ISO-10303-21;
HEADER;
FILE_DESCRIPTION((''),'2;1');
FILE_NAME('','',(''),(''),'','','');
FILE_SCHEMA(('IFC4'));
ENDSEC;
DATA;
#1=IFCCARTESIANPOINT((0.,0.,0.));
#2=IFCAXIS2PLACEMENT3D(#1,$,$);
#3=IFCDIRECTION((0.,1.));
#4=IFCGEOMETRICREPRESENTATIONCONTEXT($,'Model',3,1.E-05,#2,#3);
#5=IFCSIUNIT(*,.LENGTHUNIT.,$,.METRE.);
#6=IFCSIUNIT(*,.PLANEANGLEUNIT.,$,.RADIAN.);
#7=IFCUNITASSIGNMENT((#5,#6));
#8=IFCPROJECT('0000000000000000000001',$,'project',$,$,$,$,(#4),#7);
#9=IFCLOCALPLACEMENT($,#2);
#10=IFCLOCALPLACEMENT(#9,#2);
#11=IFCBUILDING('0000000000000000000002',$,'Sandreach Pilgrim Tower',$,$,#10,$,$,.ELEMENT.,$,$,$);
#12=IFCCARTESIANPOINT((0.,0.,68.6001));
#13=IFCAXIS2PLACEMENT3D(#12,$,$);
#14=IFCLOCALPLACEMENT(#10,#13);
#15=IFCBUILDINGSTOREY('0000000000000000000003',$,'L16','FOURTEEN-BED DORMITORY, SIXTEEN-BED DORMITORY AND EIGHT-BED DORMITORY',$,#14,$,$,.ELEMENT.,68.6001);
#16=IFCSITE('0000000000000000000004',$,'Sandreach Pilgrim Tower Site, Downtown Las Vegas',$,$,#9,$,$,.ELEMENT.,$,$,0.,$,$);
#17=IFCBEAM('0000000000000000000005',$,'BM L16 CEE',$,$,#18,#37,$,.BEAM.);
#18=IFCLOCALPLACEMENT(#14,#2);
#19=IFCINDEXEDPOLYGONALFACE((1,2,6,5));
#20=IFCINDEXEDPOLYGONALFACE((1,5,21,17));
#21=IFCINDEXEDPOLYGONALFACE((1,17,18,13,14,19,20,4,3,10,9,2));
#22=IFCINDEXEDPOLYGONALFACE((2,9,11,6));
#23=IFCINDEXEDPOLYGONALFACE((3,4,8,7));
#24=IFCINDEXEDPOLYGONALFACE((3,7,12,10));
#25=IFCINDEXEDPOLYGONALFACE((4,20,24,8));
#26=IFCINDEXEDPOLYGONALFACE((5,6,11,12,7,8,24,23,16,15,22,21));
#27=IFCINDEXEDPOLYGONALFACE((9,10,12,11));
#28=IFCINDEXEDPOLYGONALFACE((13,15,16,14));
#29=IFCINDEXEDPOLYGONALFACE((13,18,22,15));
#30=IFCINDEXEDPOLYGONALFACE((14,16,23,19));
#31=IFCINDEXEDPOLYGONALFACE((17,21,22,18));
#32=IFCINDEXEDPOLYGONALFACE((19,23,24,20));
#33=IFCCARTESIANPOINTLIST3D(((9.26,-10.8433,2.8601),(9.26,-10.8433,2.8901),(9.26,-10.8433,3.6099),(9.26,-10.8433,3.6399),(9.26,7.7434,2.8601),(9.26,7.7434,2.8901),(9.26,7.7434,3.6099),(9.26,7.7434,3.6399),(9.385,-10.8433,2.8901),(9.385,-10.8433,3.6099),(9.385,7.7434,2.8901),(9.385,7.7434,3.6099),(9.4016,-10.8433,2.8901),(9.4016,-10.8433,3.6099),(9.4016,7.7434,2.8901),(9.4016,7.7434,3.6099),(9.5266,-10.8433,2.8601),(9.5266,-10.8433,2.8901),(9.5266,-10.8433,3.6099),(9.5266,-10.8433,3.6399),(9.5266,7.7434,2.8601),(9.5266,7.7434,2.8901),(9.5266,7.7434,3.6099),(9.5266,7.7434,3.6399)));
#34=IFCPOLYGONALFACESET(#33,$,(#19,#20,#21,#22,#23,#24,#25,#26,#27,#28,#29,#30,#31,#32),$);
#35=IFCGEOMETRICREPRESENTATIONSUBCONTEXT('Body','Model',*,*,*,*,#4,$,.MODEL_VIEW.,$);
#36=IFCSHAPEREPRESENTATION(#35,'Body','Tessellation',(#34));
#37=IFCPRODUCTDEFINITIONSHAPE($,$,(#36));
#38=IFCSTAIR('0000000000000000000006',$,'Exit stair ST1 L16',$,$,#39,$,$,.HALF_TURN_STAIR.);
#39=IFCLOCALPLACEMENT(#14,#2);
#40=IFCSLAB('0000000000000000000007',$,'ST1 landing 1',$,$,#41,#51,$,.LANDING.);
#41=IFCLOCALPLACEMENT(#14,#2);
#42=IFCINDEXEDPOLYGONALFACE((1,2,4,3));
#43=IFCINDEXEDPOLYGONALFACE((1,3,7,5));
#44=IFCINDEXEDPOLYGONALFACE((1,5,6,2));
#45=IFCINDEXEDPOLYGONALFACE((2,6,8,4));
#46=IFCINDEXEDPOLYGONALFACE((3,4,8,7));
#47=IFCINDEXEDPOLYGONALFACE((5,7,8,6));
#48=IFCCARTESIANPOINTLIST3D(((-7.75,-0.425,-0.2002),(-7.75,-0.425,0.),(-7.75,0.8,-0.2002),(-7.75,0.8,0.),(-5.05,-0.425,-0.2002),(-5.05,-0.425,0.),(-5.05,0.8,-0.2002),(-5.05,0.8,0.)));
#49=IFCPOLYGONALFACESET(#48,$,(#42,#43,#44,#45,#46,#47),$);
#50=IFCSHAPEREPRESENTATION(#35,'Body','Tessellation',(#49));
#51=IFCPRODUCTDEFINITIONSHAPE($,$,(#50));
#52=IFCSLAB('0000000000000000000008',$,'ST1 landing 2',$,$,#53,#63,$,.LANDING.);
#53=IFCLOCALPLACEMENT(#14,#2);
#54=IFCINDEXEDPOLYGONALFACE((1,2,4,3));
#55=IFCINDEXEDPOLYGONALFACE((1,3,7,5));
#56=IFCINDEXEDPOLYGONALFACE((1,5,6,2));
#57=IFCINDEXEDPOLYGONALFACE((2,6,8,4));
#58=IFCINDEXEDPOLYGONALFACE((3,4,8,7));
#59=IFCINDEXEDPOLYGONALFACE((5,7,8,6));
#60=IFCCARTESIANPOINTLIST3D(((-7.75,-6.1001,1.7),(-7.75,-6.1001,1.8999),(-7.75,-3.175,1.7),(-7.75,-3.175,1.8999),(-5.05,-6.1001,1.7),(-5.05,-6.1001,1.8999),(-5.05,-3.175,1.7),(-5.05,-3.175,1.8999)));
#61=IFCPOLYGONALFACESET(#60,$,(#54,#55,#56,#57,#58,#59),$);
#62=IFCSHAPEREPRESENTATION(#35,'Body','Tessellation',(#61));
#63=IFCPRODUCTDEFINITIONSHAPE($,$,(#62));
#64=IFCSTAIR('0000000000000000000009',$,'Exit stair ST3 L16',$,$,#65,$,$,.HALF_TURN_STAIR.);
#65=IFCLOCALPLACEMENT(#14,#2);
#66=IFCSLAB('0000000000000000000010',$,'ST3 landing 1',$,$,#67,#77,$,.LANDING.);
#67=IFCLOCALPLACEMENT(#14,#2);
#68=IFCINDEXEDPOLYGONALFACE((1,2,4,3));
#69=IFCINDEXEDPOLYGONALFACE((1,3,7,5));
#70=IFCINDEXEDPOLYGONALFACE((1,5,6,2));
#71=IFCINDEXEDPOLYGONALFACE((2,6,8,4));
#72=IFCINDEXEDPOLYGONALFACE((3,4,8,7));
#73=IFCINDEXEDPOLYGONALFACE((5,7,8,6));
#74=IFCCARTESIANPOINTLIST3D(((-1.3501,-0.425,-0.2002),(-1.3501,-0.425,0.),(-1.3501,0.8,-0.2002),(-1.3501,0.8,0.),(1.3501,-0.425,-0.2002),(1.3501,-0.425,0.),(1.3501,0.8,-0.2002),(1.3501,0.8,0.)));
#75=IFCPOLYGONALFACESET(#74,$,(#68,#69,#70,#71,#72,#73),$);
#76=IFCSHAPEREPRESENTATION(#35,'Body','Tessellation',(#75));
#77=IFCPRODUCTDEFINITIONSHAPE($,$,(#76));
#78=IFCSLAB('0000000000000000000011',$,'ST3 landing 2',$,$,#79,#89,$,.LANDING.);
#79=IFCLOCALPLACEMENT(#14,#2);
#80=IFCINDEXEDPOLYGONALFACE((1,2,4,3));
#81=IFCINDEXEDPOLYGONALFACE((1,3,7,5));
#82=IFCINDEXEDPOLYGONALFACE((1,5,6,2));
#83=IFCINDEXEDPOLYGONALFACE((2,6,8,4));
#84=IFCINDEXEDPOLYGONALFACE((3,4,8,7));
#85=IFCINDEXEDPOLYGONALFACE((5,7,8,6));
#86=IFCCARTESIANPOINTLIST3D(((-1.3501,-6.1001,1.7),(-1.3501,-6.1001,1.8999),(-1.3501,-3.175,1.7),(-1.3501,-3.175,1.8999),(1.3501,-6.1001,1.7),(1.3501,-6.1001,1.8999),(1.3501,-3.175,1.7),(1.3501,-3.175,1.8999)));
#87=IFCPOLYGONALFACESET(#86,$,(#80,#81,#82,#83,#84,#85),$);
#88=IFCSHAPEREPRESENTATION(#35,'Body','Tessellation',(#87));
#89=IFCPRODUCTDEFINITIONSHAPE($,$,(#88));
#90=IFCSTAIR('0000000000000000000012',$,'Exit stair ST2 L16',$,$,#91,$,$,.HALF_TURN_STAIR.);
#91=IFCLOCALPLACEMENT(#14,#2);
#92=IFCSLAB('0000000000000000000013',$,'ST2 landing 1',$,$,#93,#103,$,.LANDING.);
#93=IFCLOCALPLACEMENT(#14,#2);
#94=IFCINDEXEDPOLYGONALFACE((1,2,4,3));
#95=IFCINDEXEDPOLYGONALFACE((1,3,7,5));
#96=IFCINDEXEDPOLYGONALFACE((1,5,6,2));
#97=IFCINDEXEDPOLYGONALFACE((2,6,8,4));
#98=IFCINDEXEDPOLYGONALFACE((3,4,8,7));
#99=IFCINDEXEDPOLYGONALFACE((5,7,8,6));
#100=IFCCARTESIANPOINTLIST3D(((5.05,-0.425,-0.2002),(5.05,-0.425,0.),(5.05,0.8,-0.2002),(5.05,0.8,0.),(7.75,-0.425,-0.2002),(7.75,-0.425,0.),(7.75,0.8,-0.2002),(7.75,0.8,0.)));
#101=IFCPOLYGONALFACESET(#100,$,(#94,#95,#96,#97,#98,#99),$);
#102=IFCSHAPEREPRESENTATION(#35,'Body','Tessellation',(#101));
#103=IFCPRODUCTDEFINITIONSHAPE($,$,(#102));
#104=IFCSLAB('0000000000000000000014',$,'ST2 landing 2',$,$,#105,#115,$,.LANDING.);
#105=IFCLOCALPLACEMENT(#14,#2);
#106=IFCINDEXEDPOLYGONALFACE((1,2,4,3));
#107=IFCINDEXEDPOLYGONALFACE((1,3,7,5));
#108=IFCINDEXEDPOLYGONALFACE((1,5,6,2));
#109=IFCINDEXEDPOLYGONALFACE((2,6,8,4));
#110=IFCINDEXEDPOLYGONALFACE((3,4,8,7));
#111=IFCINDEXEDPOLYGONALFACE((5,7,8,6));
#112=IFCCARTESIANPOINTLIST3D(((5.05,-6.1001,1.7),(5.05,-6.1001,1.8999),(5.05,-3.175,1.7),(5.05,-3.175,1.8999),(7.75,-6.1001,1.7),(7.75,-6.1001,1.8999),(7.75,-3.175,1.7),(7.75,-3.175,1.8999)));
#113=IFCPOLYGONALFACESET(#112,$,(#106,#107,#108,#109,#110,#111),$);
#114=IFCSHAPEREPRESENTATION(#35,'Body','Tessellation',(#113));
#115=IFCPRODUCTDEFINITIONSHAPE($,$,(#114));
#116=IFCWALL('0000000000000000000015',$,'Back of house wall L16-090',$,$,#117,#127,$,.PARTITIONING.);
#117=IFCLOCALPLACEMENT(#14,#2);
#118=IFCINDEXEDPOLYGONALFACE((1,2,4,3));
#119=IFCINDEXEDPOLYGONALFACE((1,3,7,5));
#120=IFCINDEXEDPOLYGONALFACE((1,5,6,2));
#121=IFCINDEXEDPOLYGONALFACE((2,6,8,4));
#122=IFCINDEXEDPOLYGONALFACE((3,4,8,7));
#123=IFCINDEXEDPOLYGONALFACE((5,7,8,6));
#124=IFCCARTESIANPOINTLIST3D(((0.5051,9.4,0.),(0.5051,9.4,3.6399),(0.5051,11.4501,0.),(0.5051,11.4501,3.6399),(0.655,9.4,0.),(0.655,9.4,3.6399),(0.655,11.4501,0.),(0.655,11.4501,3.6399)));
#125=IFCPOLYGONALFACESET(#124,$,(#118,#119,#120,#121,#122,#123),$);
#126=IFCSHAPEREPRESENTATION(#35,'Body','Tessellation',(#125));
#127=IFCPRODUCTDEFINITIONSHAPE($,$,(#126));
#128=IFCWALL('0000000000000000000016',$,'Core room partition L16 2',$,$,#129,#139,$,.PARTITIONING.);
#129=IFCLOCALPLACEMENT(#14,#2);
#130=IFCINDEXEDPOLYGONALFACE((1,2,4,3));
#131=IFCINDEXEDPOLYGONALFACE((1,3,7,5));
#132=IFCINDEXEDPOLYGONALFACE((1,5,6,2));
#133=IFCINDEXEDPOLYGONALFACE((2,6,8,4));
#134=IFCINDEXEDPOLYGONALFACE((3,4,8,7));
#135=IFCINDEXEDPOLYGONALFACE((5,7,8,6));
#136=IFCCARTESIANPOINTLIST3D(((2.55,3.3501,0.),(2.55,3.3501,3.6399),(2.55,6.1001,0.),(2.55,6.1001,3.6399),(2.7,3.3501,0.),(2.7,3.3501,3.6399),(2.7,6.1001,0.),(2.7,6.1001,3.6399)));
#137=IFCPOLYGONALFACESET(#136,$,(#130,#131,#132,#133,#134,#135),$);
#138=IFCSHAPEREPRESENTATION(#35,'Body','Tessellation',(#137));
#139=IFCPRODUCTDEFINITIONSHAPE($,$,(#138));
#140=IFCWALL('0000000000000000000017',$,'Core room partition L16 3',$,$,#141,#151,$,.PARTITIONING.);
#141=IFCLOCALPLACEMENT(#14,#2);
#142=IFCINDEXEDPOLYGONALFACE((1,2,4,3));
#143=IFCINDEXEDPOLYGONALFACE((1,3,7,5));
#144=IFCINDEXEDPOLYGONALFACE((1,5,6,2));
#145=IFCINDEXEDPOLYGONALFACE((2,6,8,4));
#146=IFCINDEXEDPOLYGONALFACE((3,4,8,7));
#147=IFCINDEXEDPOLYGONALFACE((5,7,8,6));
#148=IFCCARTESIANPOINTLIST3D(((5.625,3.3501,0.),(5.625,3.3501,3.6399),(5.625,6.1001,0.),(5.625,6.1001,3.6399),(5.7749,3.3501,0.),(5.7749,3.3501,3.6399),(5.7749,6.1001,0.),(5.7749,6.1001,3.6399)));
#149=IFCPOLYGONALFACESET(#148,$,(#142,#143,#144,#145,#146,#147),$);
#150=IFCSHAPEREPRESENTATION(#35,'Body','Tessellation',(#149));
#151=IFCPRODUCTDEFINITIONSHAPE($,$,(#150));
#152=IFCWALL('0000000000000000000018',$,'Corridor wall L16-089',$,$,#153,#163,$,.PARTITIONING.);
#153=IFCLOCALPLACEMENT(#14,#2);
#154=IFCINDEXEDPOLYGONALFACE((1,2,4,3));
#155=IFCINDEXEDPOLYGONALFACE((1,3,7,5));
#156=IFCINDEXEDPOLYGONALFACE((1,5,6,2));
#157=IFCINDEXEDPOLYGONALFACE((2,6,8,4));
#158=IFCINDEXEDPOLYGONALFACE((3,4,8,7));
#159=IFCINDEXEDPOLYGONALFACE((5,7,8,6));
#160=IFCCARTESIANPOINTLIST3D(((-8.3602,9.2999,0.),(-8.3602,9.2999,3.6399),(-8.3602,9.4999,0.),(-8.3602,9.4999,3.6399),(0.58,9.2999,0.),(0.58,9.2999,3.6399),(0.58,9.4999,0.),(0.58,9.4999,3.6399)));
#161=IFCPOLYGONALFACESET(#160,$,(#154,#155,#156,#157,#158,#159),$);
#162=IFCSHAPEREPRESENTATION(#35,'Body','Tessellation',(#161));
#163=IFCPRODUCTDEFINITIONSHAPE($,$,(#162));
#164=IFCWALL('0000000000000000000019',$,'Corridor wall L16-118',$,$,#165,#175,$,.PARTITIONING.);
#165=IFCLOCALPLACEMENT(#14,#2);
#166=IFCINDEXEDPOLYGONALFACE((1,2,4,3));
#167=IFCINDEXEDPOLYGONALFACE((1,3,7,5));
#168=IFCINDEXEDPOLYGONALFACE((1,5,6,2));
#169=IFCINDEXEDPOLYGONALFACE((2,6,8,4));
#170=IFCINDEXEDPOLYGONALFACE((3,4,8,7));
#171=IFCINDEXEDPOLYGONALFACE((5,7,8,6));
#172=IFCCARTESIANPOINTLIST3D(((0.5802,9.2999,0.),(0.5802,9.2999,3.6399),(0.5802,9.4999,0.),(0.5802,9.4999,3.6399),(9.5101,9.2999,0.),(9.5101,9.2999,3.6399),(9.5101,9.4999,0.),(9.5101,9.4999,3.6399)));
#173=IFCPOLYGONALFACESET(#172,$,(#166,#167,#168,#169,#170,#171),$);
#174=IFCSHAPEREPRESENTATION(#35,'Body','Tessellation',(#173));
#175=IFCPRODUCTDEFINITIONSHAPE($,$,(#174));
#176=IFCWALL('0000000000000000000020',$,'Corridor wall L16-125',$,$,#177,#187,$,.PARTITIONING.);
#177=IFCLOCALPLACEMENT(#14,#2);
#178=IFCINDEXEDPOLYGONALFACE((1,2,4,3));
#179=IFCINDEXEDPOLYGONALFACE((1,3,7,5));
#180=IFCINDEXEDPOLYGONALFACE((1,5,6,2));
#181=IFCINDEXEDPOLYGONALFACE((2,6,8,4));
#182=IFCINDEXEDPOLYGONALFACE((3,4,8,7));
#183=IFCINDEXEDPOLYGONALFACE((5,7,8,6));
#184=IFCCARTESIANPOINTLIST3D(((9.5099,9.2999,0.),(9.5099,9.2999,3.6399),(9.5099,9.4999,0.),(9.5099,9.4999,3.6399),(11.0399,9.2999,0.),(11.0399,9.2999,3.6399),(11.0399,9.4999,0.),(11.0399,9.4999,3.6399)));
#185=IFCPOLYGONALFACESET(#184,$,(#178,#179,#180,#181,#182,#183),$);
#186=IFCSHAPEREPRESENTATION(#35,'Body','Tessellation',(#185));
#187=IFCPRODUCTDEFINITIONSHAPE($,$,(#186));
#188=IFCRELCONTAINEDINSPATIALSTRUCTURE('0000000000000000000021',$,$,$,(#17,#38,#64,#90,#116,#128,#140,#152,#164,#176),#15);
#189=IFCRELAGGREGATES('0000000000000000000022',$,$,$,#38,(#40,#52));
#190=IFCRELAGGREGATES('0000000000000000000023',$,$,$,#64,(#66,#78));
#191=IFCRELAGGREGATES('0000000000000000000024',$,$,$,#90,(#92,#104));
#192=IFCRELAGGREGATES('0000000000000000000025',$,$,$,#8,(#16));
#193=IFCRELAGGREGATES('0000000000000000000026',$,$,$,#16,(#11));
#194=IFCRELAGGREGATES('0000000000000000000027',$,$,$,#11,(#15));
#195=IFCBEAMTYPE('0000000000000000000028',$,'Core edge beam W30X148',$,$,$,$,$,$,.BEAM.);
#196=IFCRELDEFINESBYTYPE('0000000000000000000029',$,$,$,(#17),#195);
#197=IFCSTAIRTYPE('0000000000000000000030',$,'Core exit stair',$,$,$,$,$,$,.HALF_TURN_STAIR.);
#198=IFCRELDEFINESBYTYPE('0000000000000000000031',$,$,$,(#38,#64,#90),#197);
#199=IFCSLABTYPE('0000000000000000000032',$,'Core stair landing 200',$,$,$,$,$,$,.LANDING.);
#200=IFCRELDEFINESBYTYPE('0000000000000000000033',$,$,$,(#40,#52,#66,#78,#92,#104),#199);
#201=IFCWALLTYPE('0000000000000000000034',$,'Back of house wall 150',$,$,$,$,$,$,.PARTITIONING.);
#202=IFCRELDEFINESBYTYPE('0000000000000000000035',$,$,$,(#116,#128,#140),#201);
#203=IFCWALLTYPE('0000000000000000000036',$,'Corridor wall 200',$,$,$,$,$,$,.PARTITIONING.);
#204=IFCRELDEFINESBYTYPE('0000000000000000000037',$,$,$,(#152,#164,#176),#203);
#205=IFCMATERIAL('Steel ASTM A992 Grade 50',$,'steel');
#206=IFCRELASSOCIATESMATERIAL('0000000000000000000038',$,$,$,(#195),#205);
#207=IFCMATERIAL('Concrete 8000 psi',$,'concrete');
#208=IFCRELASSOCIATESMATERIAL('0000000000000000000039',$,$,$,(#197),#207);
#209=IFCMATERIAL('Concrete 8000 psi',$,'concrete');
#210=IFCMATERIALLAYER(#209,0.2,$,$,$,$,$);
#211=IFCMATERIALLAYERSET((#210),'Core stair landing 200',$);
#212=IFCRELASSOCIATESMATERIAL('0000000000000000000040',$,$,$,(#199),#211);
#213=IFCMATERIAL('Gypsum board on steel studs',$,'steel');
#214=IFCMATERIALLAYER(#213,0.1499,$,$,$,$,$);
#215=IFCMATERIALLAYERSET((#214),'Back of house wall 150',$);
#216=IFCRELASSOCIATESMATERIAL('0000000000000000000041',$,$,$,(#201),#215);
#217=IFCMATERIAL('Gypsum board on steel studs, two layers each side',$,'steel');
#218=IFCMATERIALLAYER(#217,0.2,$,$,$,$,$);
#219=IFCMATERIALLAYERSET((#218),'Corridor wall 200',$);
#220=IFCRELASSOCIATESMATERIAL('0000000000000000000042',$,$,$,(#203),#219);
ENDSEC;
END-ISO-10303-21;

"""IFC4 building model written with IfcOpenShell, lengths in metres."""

from ifc_helpers import new_model, si_unit, direction, frame, frame_2d, origin, origin_2d, place, context, subcontext, project, spatial, polyline, rectangle, i_section, outline, extrude, material, layer, layer_set, material_profile, profile_set, type_object, element, aggregate, save


model = new_model("IFC4")

# Units and contexts
model_context = context("Model", 3, precision=1e-05, world=origin(), true_north=direction((0.0, 1.0)))
body_context = subcontext(model_context, "Body", "Model", "MODEL_VIEW")
ifc_project = project(units=[si_unit("LENGTHUNIT", "METRE"), si_unit("PLANEANGLEUNIT", "RADIAN")], contexts=[model_context])

# Site, building, storey
site_placement = place(None, origin())
site = spatial("IfcSite", under=ifc_project, at=site_placement, Name="Sandreach Pilgrim Tower Site, Downtown Las Vegas", CompositionType="ELEMENT", RefElevation=0.0)
building_placement = place(site_placement, origin())
building = spatial("IfcBuilding", under=site, at=building_placement, Name="Sandreach Pilgrim Tower", CompositionType="ELEMENT")
storey_placement = place(building_placement, frame((0.0, 0.0, 68.6001)))
storey = spatial("IfcBuildingStorey", under=building, at=storey_placement, Name="L16", Description="FOURTEEN-BED DORMITORY, SIXTEEN-BED DORMITORY AND EIGHT-BED DORMITORY", CompositionType="ELEMENT", Elevation=68.6001)

# Beam
ifc_material_1 = material(Name="Steel ASTM A992 Grade 50", Category="steel")
ifc_material_profile = material_profile(ifc_material_1, i_section(OverallWidth=0.2666, OverallDepth=0.7798, WebThickness=0.0166, FlangeThickness=0.03, at=origin_2d()), Name="W30X148")
ifc_profile_set = profile_set([ifc_material_profile], Name="Steel ASTM A992 Grade 50")
beam_type = type_object("IfcBeamType", Name="Core edge beam W30X148", PredefinedType="BEAM", material=ifc_profile_set)
beam_placement = place(storey_placement, frame((9.3933, 7.7434, 3.25), z_axis=(0.0, -1.0, 0.0), x_axis=(1.0, 0.0, 0.0)))
element("IfcBeam", 1, at=beam_placement, inside=storey, type_object=beam_type, Name="BM L16 CEE", PredefinedType="BEAM", context=body_context, shape_type="SweptSolid", body=[
    extrude(i_section(OverallWidth=0.2666, OverallDepth=0.7798, WebThickness=0.0166, FlangeThickness=0.03, at=origin_2d()), origin(), (0.0, 0.0, 1.0), 18.5867),
])

# Stairs, slabs
ifc_material_2 = material(Name="Concrete 8000 psi", Category="concrete")
stair_type = type_object("IfcStairType", Name="Core exit stair", PredefinedType="HALF_TURN_STAIR", material=ifc_material_2)
stair_1_placement = place(storey_placement, origin())
stair_1 = element("IfcStair", 2, at=stair_1_placement, inside=storey, type_object=stair_type, Name="Exit stair ST1 L16", PredefinedType="HALF_TURN_STAIR")
ifc_material_3 = material(Name="Concrete 8000 psi", Category="concrete")
ifc_layer_1 = layer(ifc_material_3, 0.2)
ifc_layer_set_1 = layer_set([ifc_layer_1], Name="Core stair landing 200")
slab_type = type_object("IfcSlabType", Name="Core stair landing 200", PredefinedType="LANDING", material=ifc_layer_set_1)
slab_1_placement = place(storey_placement, frame((0.0, 0.0, -0.2002)))
slab_1 = element("IfcSlab", 3, at=slab_1_placement, type_object=slab_type, Name="ST1 landing 1", PredefinedType="LANDING", context=body_context, shape_type="SweptSolid", body=[
    extrude(outline(polyline([(-7.75, -0.425), (-5.05, -0.425), (-5.05, 0.8), (-7.75, 0.8), (-7.75, -0.425)])), origin(), (0.0, 0.0, 1.0), 0.2002),
])
slab_2_placement = place(storey_placement, frame((0.0, 0.0, 1.7)))
slab_2 = element("IfcSlab", 4, at=slab_2_placement, type_object=slab_type, Name="ST1 landing 2", PredefinedType="LANDING", context=body_context, shape_type="SweptSolid", body=[
    extrude(outline(polyline([(-7.75, -6.1001), (-5.05, -6.1001), (-5.05, -3.175), (-7.75, -3.175), (-7.75, -6.1001)])), origin(), (0.0, 0.0, 1.0), 0.2),
])
aggregate(stair_1, [slab_1, slab_2])
stair_2_placement = place(storey_placement, origin())
stair_2 = element("IfcStair", 5, at=stair_2_placement, inside=storey, type_object=stair_type, Name="Exit stair ST3 L16", PredefinedType="HALF_TURN_STAIR")
slab_3_placement = place(storey_placement, frame((0.0, 0.0, -0.2002)))
slab_3 = element("IfcSlab", 6, at=slab_3_placement, type_object=slab_type, Name="ST3 landing 1", PredefinedType="LANDING", context=body_context, shape_type="SweptSolid", body=[
    extrude(outline(polyline([(-1.3501, -0.425), (1.3501, -0.425), (1.3501, 0.8), (-1.3501, 0.8), (-1.3501, -0.425)])), origin(), (0.0, 0.0, 1.0), 0.2002),
])
slab_4_placement = place(storey_placement, frame((0.0, 0.0, 1.7)))
slab_4 = element("IfcSlab", 7, at=slab_4_placement, type_object=slab_type, Name="ST3 landing 2", PredefinedType="LANDING", context=body_context, shape_type="SweptSolid", body=[
    extrude(outline(polyline([(-1.3501, -6.1001), (1.3501, -6.1001), (1.3501, -3.175), (-1.3501, -3.175), (-1.3501, -6.1001)])), origin(), (0.0, 0.0, 1.0), 0.2),
])
aggregate(stair_2, [slab_3, slab_4])
stair_3_placement = place(storey_placement, origin())
stair_3 = element("IfcStair", 8, at=stair_3_placement, inside=storey, type_object=stair_type, Name="Exit stair ST2 L16", PredefinedType="HALF_TURN_STAIR")
slab_5_placement = place(storey_placement, frame((0.0, 0.0, -0.2002)))
slab_5 = element("IfcSlab", 9, at=slab_5_placement, type_object=slab_type, Name="ST2 landing 1", PredefinedType="LANDING", context=body_context, shape_type="SweptSolid", body=[
    extrude(outline(polyline([(5.05, -0.425), (7.75, -0.425), (7.75, 0.8), (5.05, 0.8), (5.05, -0.425)])), origin(), (0.0, 0.0, 1.0), 0.2002),
])
slab_6_placement = place(storey_placement, frame((0.0, 0.0, 1.7)))
slab_6 = element("IfcSlab", 10, at=slab_6_placement, type_object=slab_type, Name="ST2 landing 2", PredefinedType="LANDING", context=body_context, shape_type="SweptSolid", body=[
    extrude(outline(polyline([(5.05, -6.1001), (7.75, -6.1001), (7.75, -3.175), (5.05, -3.175), (5.05, -6.1001)])), origin(), (0.0, 0.0, 1.0), 0.2),
])
aggregate(stair_3, [slab_5, slab_6])

# Walls
ifc_material_4 = material(Name="Gypsum board on steel studs", Category="steel")
ifc_layer_2 = layer(ifc_material_4, 0.1499)
ifc_layer_set_2 = layer_set([ifc_layer_2], Name="Back of house wall 150")
wall_type_1 = type_object("IfcWallType", Name="Back of house wall 150", PredefinedType="PARTITIONING", material=ifc_layer_set_2)
wall_1_placement = place(storey_placement, frame((0.5801, 11.45, 0.0), z_axis=(0.0, 0.0, 1.0), x_axis=(0.0, -1.0, 0.0)))
element("IfcWall", 11, at=wall_1_placement, inside=storey, type_object=wall_type_1, Name="Back of house wall L16-090", PredefinedType="PARTITIONING", context=body_context, shape_type="SweptSolid", body=[
    extrude(rectangle(XDim=2.05, YDim=0.1499, at=frame_2d((1.0249, 0.0))), origin(), (0.0, 0.0, 1.0), 3.6399),
])
for number, where, z_axis, x_axis, name in (
    (12, (2.625, 3.3501, 0.0), (0.0, 0.0, 1.0), (0.0, 1.0, 0.0), "Core room partition L16 2"),
    (13, (5.7, 3.3501, 0.0), (0.0, 0.0, 1.0), (0.0, 1.0, 0.0), "Core room partition L16 3"),
):
    element("IfcWall", number, at=place(storey_placement, frame(where, z_axis=z_axis, x_axis=x_axis)), inside=storey, type_object=wall_type_1, Name=name, PredefinedType="PARTITIONING", context=body_context, shape_type="SweptSolid", body=[
        extrude(rectangle(XDim=2.75, YDim=0.1499, at=frame_2d((1.375, 0.0))), origin(), (0.0, 0.0, 1.0), 3.6399),
    ])

# Walls
ifc_material_5 = material(Name="Gypsum board on steel studs, two layers each side", Category="steel")
ifc_layer_3 = layer(ifc_material_5, 0.2)
ifc_layer_set_3 = layer_set([ifc_layer_3], Name="Corridor wall 200")
wall_type_2 = type_object("IfcWallType", Name="Corridor wall 200", PredefinedType="PARTITIONING", material=ifc_layer_set_3)
wall_2_placement = place(storey_placement, frame((0.5801, 9.3999, 0.0), z_axis=(0.0, 0.0, 1.0), x_axis=(-1.0, 0.0, 0.0)))
element("IfcWall", 14, at=wall_2_placement, inside=storey, type_object=wall_type_2, Name="Corridor wall L16-089", PredefinedType="PARTITIONING", context=body_context, shape_type="SweptSolid", body=[
    extrude(rectangle(XDim=8.9402, YDim=0.2, at=frame_2d((4.4702, 0.0))), origin(), (0.0, 0.0, 1.0), 3.6399),
])
wall_3_placement = place(storey_placement, frame((9.51, 9.3999, 0.0), z_axis=(0.0, 0.0, 1.0), x_axis=(-1.0, 0.0, 0.0)))
element("IfcWall", 15, at=wall_3_placement, inside=storey, type_object=wall_type_2, Name="Corridor wall L16-118", PredefinedType="PARTITIONING", context=body_context, shape_type="SweptSolid", body=[
    extrude(rectangle(XDim=8.9299, YDim=0.2, at=frame_2d((4.4648, 0.0))), origin(), (0.0, 0.0, 1.0), 3.6399),
])
wall_4_placement = place(storey_placement, frame((11.04, 9.3999, 0.0), z_axis=(0.0, 0.0, 1.0), x_axis=(-1.0, 0.0, 0.0)))
element("IfcWall", 16, at=wall_4_placement, inside=storey, type_object=wall_type_2, Name="Corridor wall L16-125", PredefinedType="PARTITIONING", context=body_context, shape_type="SweptSolid", body=[
    extrude(rectangle(XDim=1.53, YDim=0.2, at=frame_2d((0.7651, 0.0))), origin(), (0.0, 0.0, 1.0), 3.6399),
])

save(model, "model.ifc")
